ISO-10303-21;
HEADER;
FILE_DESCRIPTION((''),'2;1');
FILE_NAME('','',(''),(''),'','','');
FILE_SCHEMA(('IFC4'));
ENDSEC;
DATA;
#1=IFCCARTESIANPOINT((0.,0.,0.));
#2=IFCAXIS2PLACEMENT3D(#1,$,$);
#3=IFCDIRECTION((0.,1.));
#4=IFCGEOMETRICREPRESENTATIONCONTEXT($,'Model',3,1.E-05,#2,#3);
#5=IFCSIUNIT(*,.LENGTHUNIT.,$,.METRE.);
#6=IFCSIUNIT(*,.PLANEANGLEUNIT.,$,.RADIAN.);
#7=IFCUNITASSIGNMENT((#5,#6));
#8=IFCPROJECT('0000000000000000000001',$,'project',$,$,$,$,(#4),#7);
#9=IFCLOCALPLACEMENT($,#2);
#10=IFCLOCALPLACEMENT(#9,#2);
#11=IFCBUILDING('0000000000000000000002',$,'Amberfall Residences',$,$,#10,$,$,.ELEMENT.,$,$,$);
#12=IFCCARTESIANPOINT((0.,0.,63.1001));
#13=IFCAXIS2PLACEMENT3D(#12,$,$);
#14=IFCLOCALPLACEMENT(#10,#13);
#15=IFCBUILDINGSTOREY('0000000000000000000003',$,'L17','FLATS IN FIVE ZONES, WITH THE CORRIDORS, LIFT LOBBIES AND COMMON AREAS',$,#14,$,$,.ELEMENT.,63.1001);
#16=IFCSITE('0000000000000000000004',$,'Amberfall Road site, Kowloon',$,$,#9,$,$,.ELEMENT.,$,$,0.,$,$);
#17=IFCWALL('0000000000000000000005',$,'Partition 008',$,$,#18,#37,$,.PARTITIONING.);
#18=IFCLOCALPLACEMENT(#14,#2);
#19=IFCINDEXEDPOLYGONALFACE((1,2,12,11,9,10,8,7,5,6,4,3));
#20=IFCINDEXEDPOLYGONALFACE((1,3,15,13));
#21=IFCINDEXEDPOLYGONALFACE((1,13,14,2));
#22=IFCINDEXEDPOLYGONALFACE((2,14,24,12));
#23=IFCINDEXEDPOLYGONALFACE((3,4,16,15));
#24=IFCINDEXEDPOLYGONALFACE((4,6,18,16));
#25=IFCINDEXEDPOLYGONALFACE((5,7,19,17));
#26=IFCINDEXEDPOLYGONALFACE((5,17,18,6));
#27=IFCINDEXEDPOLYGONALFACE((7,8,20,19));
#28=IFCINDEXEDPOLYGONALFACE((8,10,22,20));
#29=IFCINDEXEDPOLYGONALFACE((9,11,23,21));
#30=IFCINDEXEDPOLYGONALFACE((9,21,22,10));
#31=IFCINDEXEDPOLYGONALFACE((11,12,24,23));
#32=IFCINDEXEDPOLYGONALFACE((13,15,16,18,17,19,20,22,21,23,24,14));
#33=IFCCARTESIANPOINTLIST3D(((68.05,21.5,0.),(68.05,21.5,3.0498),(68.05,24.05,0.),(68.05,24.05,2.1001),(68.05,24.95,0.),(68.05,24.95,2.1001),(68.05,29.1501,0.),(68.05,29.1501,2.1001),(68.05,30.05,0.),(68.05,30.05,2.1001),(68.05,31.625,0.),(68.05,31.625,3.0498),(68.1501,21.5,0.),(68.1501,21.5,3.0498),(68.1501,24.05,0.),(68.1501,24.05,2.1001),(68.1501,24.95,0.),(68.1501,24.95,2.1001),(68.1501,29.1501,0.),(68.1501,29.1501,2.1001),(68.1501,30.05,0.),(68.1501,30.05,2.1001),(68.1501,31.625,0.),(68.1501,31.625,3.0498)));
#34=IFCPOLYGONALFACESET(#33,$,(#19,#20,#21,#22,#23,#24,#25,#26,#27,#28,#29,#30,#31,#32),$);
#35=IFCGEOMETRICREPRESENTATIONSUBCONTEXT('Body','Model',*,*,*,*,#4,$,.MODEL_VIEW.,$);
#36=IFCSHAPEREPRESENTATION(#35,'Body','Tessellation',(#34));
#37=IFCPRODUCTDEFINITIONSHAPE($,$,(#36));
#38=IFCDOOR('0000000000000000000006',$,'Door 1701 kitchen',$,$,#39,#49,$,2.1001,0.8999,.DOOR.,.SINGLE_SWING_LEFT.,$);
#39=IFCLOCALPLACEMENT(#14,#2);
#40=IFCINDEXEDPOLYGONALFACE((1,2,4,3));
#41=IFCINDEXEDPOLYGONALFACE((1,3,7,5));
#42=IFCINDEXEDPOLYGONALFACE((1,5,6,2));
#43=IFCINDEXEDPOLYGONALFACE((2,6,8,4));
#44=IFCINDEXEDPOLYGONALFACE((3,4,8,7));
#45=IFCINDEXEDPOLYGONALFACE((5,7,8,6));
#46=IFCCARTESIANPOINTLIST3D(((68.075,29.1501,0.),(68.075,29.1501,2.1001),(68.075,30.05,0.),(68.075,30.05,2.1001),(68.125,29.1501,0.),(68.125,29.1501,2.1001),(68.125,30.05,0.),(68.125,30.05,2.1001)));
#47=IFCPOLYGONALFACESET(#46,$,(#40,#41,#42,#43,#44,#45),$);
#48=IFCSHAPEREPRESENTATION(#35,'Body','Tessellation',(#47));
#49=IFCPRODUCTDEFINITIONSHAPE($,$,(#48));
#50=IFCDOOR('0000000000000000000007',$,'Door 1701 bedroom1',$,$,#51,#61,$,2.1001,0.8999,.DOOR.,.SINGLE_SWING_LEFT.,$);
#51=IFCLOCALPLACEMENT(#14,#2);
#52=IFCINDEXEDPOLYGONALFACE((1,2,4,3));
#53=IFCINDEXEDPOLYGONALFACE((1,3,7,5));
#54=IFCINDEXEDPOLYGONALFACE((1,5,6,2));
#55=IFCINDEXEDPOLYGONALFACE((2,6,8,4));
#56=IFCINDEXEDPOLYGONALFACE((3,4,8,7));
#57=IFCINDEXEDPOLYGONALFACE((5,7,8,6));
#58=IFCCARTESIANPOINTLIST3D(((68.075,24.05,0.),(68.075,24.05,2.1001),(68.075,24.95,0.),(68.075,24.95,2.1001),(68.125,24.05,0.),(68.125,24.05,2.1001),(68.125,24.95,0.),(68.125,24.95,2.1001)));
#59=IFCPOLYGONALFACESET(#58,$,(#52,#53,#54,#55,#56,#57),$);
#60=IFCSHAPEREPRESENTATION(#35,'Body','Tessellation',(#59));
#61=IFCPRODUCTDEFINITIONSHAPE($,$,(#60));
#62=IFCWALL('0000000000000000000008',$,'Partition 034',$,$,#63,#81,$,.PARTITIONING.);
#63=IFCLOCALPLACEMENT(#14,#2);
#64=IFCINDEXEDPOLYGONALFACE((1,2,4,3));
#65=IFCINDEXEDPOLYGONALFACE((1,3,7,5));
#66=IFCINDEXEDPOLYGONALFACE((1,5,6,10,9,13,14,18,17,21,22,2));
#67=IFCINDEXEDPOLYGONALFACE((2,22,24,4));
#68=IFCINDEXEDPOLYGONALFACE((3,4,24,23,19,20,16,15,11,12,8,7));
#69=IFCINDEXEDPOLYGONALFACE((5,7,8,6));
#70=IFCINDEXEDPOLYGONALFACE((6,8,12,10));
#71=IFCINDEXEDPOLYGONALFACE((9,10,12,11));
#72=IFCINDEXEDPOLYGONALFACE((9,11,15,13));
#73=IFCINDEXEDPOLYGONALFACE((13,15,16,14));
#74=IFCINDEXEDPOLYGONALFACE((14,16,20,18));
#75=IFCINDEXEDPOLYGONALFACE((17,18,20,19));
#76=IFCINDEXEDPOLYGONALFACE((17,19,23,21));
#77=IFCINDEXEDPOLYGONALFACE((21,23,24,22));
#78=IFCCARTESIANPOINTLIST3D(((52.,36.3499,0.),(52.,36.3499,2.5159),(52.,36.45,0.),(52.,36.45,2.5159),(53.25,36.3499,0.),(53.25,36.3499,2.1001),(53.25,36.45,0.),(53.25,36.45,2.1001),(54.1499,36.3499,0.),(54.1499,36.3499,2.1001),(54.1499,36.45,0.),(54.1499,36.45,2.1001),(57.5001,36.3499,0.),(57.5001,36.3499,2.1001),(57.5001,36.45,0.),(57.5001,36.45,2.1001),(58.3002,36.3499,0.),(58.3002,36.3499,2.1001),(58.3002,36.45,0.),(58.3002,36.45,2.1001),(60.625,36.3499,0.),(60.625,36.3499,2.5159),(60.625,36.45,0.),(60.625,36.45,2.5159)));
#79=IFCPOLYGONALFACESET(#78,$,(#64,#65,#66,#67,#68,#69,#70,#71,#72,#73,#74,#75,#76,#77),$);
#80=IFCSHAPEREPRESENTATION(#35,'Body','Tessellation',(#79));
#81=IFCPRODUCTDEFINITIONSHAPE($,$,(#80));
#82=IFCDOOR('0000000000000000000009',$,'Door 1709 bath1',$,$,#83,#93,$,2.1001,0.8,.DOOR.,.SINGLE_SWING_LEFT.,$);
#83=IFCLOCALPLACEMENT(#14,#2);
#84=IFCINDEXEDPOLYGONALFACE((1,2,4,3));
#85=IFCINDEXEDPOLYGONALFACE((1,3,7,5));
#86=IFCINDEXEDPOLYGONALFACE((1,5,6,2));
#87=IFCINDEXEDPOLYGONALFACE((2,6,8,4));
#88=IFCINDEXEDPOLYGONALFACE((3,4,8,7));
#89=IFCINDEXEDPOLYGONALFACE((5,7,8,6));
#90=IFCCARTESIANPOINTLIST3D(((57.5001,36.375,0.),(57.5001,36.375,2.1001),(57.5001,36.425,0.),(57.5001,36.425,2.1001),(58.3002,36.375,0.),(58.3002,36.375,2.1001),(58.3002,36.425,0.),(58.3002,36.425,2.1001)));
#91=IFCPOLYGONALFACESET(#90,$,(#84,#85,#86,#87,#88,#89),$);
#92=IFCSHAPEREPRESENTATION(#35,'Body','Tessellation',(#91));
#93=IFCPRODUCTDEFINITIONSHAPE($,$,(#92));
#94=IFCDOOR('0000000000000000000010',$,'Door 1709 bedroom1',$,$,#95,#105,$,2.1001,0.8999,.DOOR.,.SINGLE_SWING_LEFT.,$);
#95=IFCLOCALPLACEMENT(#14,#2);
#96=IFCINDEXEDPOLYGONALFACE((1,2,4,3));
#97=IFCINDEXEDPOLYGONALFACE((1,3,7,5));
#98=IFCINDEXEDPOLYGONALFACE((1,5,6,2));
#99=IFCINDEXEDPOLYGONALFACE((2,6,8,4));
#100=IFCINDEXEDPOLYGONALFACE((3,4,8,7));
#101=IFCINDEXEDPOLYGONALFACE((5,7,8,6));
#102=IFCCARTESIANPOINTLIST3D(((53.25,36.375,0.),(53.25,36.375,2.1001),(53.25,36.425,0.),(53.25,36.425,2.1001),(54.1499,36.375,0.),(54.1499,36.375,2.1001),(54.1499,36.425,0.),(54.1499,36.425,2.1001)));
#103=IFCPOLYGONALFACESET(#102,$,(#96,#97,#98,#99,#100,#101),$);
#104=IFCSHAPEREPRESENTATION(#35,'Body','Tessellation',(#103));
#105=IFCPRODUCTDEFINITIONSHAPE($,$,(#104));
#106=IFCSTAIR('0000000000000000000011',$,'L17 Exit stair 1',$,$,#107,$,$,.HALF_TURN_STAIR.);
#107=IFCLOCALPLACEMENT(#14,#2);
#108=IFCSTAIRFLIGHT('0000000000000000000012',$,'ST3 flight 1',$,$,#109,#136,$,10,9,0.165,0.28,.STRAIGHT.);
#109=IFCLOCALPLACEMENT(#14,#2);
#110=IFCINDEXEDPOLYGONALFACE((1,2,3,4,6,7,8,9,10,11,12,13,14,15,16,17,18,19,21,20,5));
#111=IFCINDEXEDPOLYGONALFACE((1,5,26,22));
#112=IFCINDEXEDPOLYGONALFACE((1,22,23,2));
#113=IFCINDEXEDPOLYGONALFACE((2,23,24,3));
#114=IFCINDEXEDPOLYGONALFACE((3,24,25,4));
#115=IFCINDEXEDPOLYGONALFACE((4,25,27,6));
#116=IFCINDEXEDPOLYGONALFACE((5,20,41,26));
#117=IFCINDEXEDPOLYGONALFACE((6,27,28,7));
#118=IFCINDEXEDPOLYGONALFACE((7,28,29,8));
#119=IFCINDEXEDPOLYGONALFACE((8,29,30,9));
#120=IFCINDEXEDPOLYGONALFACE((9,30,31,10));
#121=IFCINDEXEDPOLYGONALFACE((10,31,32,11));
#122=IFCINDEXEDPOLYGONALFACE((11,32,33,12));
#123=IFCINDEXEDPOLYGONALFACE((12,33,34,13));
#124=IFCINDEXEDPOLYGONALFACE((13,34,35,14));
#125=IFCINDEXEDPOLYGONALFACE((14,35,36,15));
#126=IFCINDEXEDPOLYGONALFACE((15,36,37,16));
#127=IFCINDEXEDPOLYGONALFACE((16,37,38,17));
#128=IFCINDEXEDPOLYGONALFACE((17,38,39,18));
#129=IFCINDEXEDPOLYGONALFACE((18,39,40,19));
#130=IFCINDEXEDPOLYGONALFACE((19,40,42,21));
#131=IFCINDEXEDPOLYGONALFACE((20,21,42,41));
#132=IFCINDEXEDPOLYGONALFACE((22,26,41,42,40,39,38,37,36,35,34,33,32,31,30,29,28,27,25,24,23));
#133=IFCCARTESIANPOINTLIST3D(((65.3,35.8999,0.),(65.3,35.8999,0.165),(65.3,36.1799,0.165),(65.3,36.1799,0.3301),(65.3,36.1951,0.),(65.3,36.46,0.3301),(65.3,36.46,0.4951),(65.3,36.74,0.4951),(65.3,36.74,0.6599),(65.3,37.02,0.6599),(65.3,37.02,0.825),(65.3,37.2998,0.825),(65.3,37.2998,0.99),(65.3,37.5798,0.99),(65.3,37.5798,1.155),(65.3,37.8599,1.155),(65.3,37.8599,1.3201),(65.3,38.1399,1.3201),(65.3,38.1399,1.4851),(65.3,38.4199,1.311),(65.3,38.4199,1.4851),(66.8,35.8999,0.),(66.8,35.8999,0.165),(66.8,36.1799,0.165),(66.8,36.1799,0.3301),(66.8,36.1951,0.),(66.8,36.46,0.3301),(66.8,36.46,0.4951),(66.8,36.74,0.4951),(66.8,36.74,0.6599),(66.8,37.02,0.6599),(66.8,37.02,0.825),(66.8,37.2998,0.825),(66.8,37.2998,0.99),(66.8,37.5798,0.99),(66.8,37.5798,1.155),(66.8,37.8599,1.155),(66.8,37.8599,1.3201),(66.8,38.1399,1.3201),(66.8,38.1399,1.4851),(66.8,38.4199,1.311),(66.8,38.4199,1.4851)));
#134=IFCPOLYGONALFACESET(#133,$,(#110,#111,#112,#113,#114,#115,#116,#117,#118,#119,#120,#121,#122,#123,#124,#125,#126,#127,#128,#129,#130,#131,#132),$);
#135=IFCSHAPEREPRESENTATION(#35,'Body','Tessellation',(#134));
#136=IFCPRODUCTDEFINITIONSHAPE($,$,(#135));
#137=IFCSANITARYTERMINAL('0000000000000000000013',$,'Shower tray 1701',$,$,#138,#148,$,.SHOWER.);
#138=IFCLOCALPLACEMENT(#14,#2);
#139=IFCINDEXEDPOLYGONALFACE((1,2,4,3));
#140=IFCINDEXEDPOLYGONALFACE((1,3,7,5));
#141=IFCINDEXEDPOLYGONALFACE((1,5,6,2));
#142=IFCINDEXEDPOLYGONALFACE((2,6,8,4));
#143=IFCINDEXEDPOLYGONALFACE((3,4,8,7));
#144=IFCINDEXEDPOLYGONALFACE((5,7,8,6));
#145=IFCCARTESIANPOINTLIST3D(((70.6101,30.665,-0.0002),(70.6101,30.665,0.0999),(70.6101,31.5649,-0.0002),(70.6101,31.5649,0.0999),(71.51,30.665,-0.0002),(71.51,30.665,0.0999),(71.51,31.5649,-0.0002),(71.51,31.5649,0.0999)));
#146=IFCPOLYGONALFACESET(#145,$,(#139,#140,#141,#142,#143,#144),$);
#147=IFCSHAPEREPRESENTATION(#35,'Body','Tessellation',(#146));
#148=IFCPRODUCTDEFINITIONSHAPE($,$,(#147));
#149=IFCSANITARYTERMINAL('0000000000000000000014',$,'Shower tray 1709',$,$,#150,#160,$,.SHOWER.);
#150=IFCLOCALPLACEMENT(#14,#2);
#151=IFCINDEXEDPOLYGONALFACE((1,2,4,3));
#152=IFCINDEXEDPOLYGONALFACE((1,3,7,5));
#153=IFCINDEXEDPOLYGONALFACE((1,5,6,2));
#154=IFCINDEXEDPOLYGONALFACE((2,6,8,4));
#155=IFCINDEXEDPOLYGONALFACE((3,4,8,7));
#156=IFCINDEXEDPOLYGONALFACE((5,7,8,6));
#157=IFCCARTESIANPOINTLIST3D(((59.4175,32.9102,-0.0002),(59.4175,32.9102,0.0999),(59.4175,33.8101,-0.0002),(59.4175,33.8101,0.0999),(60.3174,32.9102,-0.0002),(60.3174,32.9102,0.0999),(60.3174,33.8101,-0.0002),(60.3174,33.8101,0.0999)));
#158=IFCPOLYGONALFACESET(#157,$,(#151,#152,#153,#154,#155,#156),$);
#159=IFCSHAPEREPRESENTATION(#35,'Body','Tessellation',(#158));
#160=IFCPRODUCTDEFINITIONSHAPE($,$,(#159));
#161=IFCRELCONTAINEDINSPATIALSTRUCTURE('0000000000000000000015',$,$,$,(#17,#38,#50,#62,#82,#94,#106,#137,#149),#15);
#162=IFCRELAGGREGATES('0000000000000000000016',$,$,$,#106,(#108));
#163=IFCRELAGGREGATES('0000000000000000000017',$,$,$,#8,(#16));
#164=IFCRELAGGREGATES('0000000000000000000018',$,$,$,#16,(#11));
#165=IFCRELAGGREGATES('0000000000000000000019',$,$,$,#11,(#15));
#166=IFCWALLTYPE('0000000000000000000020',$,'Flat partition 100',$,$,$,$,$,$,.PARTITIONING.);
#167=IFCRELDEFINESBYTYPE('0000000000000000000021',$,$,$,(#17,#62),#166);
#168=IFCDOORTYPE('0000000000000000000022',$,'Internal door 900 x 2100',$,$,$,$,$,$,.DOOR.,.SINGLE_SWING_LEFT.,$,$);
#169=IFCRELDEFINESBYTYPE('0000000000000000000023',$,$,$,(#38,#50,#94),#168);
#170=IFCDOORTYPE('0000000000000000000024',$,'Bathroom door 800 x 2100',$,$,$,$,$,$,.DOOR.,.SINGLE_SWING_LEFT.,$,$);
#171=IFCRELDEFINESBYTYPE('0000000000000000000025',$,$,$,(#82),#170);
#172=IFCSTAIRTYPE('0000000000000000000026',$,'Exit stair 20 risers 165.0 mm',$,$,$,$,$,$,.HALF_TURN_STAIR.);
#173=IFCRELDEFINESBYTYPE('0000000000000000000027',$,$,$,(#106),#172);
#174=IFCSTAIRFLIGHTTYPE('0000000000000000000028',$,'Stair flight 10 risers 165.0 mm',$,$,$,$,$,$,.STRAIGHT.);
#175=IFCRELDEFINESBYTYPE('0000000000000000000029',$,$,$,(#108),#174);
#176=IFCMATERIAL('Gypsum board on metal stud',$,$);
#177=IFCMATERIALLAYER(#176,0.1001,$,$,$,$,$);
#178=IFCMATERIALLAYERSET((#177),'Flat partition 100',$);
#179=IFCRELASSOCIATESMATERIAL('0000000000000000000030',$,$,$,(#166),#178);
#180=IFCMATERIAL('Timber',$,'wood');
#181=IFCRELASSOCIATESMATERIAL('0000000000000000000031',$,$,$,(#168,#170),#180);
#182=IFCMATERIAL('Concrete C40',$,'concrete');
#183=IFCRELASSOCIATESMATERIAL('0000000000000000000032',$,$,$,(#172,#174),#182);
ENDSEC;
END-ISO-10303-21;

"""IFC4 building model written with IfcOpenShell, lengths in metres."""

from ifc_helpers import new_model, si_unit, direction, frame, frame_2d, origin, origin_2d, place, context, subcontext, project, spatial, polyline, rectangle, outline, extrude, material, layer, layer_set, type_object, element, fill, aggregate, save


model = new_model("IFC4")

# Units and contexts
model_context = context("Model", 3, precision=1e-05, world=origin(), true_north=direction((0.0, 1.0)))
body_context = subcontext(model_context, "Body", "Model", "MODEL_VIEW")
ifc_project = project(units=[si_unit("LENGTHUNIT", "METRE"), si_unit("PLANEANGLEUNIT", "RADIAN")], contexts=[model_context])

# Site, building, storey
site_placement = place(None, origin())
site = spatial("IfcSite", under=ifc_project, at=site_placement, Name="Amberfall Road site, Kowloon", CompositionType="ELEMENT", RefElevation=0.0)
building_placement = place(site_placement, origin())
building = spatial("IfcBuilding", under=site, at=building_placement, Name="Amberfall Residences", CompositionType="ELEMENT")
storey_placement = place(building_placement, frame((0.0, 0.0, 63.1001)))
storey = spatial("IfcBuildingStorey", under=building, at=storey_placement, Name="L17", Description="FLATS IN FIVE ZONES, WITH THE CORRIDORS, LIFT LOBBIES AND COMMON AREAS", CompositionType="ELEMENT", Elevation=63.1001)

# Walls, openings, doors
ifc_material_1 = material(Name="Gypsum board on metal stud")
ifc_layer_1 = layer(ifc_material_1, 0.1001)
ifc_layer_set_1 = layer_set([ifc_layer_1], Name="Flat partition 100")
wall_type_1 = type_object("IfcWallType", Name="Flat partition 100", PredefinedType="PARTITIONING", material=ifc_layer_set_1)
wall_1_placement = place(storey_placement, frame((68.1001, 31.625, 0.0), z_axis=(0.0, 0.0, 1.0), x_axis=(0.0, -1.0, 0.0)))
wall_1 = element("IfcWall", 1, at=wall_1_placement, inside=storey, type_object=wall_type_1, Name="Partition 008", PredefinedType="PARTITIONING", context=body_context, shape_type="SweptSolid", body=[
    extrude(rectangle(XDim=10.125, YDim=0.1001, at=frame_2d((5.0625, 0.0))), origin(), (0.0, 0.0, 1.0), 3.0498),
])
opening_1_placement = place(wall_1_placement, frame((1.575, 0.0, 0.0)))
opening_1 = element("IfcOpeningElement", 2, at=opening_1_placement, cuts=wall_1, PredefinedType="OPENING", context=body_context, shape_type="SweptSolid", body=[
    extrude(rectangle(XDim=0.8999, YDim=2.1001, at=frame_2d((0.45, 1.05))), frame((0.0, 0.0601, 0.0), z_axis=(0.0, -1.0, 0.0), x_axis=(1.0, 0.0, 0.0)), (0.0, 0.0, 1.0), 0.1201),
])
opening_2_placement = place(wall_1_placement, frame((6.675, 0.0, 0.0)))
opening_2 = element("IfcOpeningElement", 3, at=opening_2_placement, cuts=wall_1, PredefinedType="OPENING", context=body_context, shape_type="SweptSolid", body=[
    extrude(rectangle(XDim=0.8999, YDim=2.1001, at=frame_2d((0.45, 1.05))), frame((0.0, 0.0601, 0.0), z_axis=(0.0, -1.0, 0.0), x_axis=(1.0, 0.0, 0.0)), (0.0, 0.0, 1.0), 0.1201),
])
ifc_material_2 = material(Name="Timber", Category="wood")
door_type_1 = type_object("IfcDoorType", Name="Internal door 900 x 2100", OperationType="SINGLE_SWING_LEFT", PredefinedType="DOOR", material=ifc_material_2)
door_1_placement = place(opening_1_placement, origin())
door_1 = element("IfcDoor", 4, at=door_1_placement, inside=storey, type_object=door_type_1, Name="Door 1701 kitchen", OperationType="SINGLE_SWING_LEFT", OverallHeight=2.1001, OverallWidth=0.8999, PredefinedType="DOOR", context=body_context, shape_type="SweptSolid", body=[
    extrude(rectangle(XDim=0.8999, YDim=2.1001, at=frame_2d((0.45, 1.05))), frame((0.0, 0.0249, 0.0), z_axis=(0.0, -1.0, 0.0), x_axis=(1.0, 0.0, 0.0)), (0.0, 0.0, 1.0), 0.05),
])
fill(opening_1, door_1)
door_2_placement = place(opening_2_placement, origin())
door_2 = element("IfcDoor", 5, at=door_2_placement, inside=storey, type_object=door_type_1, Name="Door 1701 bedroom1", OperationType="SINGLE_SWING_LEFT", OverallHeight=2.1001, OverallWidth=0.8999, PredefinedType="DOOR", context=body_context, shape_type="SweptSolid", body=[
    extrude(rectangle(XDim=0.8999, YDim=2.1001, at=frame_2d((0.45, 1.05))), frame((0.0, 0.0249, 0.0), z_axis=(0.0, -1.0, 0.0), x_axis=(1.0, 0.0, 0.0)), (0.0, 0.0, 1.0), 0.05),
])
fill(opening_2, door_2)
wall_2_placement = place(storey_placement, frame((60.625, 36.3999, 0.0), z_axis=(0.0, 0.0, 1.0), x_axis=(-1.0, 0.0, 0.0)))
wall_2 = element("IfcWall", 6, at=wall_2_placement, inside=storey, type_object=wall_type_1, Name="Partition 034", PredefinedType="PARTITIONING", context=body_context, shape_type="SweptSolid", body=[
    extrude(rectangle(XDim=8.625, YDim=0.1001, at=frame_2d((4.3125, 0.0))), origin(), (0.0, 0.0, 1.0), 2.5159),
])
opening_3_placement = place(wall_2_placement, frame((6.4751, 0.0, 0.0)))
opening_3 = element("IfcOpeningElement", 7, at=opening_3_placement, cuts=wall_2, PredefinedType="OPENING", context=body_context, shape_type="SweptSolid", body=[
    extrude(rectangle(XDim=0.8999, YDim=2.1001, at=frame_2d((0.45, 1.05))), frame((0.0, 0.0601, 0.0), z_axis=(0.0, -1.0, 0.0), x_axis=(1.0, 0.0, 0.0)), (0.0, 0.0, 1.0), 0.1201),
])
opening_4_placement = place(wall_2_placement, frame((2.325, 0.0, 0.0)))
opening_4 = element("IfcOpeningElement", 8, at=opening_4_placement, cuts=wall_2, PredefinedType="OPENING", context=body_context, shape_type="SweptSolid", body=[
    extrude(rectangle(XDim=0.8, YDim=2.1001, at=frame_2d((0.3999, 1.05))), frame((0.0, 0.0601, 0.0), z_axis=(0.0, -1.0, 0.0), x_axis=(1.0, 0.0, 0.0)), (0.0, 0.0, 1.0), 0.1201),
])
door_type_2 = type_object("IfcDoorType", Name="Bathroom door 800 x 2100", OperationType="SINGLE_SWING_LEFT", PredefinedType="DOOR", material=ifc_material_2)
door_3_placement = place(opening_4_placement, origin())
door_3 = element("IfcDoor", 9, at=door_3_placement, inside=storey, type_object=door_type_2, Name="Door 1709 bath1", OperationType="SINGLE_SWING_LEFT", OverallHeight=2.1001, OverallWidth=0.8, PredefinedType="DOOR", context=body_context, shape_type="SweptSolid", body=[
    extrude(rectangle(XDim=0.8, YDim=2.1001, at=frame_2d((0.3999, 1.05))), frame((0.0, 0.0249, 0.0), z_axis=(0.0, -1.0, 0.0), x_axis=(1.0, 0.0, 0.0)), (0.0, 0.0, 1.0), 0.05),
])
fill(opening_4, door_3)
door_4_placement = place(opening_3_placement, origin())
door_4 = element("IfcDoor", 10, at=door_4_placement, inside=storey, type_object=door_type_1, Name="Door 1709 bedroom1", OperationType="SINGLE_SWING_LEFT", OverallHeight=2.1001, OverallWidth=0.8999, PredefinedType="DOOR", context=body_context, shape_type="SweptSolid", body=[
    extrude(rectangle(XDim=0.8999, YDim=2.1001, at=frame_2d((0.45, 1.05))), frame((0.0, 0.0249, 0.0), z_axis=(0.0, -1.0, 0.0), x_axis=(1.0, 0.0, 0.0)), (0.0, 0.0, 1.0), 0.05),
])
fill(opening_3, door_4)

# Stair, stair flight
ifc_material_3 = material(Name="Concrete C40", Category="concrete")
stair_type = type_object("IfcStairType", Name="Exit stair 20 risers 165.0 mm", PredefinedType="HALF_TURN_STAIR", material=ifc_material_3)
stair_placement = place(storey_placement, origin())
stair = element("IfcStair", 11, at=stair_placement, inside=storey, type_object=stair_type, Name="L17 Exit stair 1", PredefinedType="HALF_TURN_STAIR")
stair_flight_type = type_object("IfcStairFlightType", Name="Stair flight 10 risers 165.0 mm", PredefinedType="STRAIGHT", material=ifc_material_3)
stair_flight_placement = place(storey_placement, frame((66.05, 35.8999, 0.0), z_axis=(0.0, 0.0, 1.0), x_axis=(0.0, 1.0, 0.0)))
stair_flight = element("IfcStairFlight", 12, at=stair_flight_placement, type_object=stair_flight_type, Name="ST3 flight 1", NumberOfRisers=10, NumberOfTreads=9, PredefinedType="STRAIGHT", RiserHeight=0.165, TreadLength=0.28, context=body_context, shape_type="SweptSolid", body=[
    extrude(outline(polyline([(0.0, 0.0), (0.0, 0.165), (0.28, 0.165), (0.28, 0.3301), (0.5601, 0.3301), (0.5601, 0.4951), (0.8401, 0.4951), (0.8401, 0.6599), (1.1201, 0.6599), (1.1201, 0.825), (1.3999, 0.825), (1.3999, 0.99), (1.6799, 0.99), (1.6799, 1.155), (1.96, 1.155), (1.96, 1.3201), (2.24, 1.3201), (2.24, 1.4851), (2.52, 1.4851), (2.52, 1.6499), (2.52, 1.311), (0.2952, 0.0), (0.0, 0.0)])), frame((0.0, 0.75, 0.0), z_axis=(0.0, -1.0, 0.0), x_axis=(1.0, 0.0, 0.0)), (0.0, 0.0, 1.0), 1.5),
])
aggregate(stair, [stair_flight])

# Sanitary terminals
for number, where, z_axis, x_axis, name in (
    (13, (71.0601, 31.115, -0.0002), (0.0, 0.0, 1.0), (1.0, 0.0, 0.0), "Shower tray 1701"),
    (14, (59.8674, 33.3601, -0.0002), (0.0, 0.0, 1.0), (1.0, 0.0, 0.0), "Shower tray 1709"),
):
    element("IfcSanitaryTerminal", number, at=place(storey_placement, frame(where, z_axis=z_axis, x_axis=x_axis)), inside=storey, Name=name, PredefinedType="SHOWER", context=body_context, shape_type="SweptSolid", body=[
        extrude(rectangle(XDim=0.8999, YDim=0.8999, at=origin_2d()), origin(), (0.0, 0.0, 1.0), 0.1001),
    ])

save(model, "model.ifc")
